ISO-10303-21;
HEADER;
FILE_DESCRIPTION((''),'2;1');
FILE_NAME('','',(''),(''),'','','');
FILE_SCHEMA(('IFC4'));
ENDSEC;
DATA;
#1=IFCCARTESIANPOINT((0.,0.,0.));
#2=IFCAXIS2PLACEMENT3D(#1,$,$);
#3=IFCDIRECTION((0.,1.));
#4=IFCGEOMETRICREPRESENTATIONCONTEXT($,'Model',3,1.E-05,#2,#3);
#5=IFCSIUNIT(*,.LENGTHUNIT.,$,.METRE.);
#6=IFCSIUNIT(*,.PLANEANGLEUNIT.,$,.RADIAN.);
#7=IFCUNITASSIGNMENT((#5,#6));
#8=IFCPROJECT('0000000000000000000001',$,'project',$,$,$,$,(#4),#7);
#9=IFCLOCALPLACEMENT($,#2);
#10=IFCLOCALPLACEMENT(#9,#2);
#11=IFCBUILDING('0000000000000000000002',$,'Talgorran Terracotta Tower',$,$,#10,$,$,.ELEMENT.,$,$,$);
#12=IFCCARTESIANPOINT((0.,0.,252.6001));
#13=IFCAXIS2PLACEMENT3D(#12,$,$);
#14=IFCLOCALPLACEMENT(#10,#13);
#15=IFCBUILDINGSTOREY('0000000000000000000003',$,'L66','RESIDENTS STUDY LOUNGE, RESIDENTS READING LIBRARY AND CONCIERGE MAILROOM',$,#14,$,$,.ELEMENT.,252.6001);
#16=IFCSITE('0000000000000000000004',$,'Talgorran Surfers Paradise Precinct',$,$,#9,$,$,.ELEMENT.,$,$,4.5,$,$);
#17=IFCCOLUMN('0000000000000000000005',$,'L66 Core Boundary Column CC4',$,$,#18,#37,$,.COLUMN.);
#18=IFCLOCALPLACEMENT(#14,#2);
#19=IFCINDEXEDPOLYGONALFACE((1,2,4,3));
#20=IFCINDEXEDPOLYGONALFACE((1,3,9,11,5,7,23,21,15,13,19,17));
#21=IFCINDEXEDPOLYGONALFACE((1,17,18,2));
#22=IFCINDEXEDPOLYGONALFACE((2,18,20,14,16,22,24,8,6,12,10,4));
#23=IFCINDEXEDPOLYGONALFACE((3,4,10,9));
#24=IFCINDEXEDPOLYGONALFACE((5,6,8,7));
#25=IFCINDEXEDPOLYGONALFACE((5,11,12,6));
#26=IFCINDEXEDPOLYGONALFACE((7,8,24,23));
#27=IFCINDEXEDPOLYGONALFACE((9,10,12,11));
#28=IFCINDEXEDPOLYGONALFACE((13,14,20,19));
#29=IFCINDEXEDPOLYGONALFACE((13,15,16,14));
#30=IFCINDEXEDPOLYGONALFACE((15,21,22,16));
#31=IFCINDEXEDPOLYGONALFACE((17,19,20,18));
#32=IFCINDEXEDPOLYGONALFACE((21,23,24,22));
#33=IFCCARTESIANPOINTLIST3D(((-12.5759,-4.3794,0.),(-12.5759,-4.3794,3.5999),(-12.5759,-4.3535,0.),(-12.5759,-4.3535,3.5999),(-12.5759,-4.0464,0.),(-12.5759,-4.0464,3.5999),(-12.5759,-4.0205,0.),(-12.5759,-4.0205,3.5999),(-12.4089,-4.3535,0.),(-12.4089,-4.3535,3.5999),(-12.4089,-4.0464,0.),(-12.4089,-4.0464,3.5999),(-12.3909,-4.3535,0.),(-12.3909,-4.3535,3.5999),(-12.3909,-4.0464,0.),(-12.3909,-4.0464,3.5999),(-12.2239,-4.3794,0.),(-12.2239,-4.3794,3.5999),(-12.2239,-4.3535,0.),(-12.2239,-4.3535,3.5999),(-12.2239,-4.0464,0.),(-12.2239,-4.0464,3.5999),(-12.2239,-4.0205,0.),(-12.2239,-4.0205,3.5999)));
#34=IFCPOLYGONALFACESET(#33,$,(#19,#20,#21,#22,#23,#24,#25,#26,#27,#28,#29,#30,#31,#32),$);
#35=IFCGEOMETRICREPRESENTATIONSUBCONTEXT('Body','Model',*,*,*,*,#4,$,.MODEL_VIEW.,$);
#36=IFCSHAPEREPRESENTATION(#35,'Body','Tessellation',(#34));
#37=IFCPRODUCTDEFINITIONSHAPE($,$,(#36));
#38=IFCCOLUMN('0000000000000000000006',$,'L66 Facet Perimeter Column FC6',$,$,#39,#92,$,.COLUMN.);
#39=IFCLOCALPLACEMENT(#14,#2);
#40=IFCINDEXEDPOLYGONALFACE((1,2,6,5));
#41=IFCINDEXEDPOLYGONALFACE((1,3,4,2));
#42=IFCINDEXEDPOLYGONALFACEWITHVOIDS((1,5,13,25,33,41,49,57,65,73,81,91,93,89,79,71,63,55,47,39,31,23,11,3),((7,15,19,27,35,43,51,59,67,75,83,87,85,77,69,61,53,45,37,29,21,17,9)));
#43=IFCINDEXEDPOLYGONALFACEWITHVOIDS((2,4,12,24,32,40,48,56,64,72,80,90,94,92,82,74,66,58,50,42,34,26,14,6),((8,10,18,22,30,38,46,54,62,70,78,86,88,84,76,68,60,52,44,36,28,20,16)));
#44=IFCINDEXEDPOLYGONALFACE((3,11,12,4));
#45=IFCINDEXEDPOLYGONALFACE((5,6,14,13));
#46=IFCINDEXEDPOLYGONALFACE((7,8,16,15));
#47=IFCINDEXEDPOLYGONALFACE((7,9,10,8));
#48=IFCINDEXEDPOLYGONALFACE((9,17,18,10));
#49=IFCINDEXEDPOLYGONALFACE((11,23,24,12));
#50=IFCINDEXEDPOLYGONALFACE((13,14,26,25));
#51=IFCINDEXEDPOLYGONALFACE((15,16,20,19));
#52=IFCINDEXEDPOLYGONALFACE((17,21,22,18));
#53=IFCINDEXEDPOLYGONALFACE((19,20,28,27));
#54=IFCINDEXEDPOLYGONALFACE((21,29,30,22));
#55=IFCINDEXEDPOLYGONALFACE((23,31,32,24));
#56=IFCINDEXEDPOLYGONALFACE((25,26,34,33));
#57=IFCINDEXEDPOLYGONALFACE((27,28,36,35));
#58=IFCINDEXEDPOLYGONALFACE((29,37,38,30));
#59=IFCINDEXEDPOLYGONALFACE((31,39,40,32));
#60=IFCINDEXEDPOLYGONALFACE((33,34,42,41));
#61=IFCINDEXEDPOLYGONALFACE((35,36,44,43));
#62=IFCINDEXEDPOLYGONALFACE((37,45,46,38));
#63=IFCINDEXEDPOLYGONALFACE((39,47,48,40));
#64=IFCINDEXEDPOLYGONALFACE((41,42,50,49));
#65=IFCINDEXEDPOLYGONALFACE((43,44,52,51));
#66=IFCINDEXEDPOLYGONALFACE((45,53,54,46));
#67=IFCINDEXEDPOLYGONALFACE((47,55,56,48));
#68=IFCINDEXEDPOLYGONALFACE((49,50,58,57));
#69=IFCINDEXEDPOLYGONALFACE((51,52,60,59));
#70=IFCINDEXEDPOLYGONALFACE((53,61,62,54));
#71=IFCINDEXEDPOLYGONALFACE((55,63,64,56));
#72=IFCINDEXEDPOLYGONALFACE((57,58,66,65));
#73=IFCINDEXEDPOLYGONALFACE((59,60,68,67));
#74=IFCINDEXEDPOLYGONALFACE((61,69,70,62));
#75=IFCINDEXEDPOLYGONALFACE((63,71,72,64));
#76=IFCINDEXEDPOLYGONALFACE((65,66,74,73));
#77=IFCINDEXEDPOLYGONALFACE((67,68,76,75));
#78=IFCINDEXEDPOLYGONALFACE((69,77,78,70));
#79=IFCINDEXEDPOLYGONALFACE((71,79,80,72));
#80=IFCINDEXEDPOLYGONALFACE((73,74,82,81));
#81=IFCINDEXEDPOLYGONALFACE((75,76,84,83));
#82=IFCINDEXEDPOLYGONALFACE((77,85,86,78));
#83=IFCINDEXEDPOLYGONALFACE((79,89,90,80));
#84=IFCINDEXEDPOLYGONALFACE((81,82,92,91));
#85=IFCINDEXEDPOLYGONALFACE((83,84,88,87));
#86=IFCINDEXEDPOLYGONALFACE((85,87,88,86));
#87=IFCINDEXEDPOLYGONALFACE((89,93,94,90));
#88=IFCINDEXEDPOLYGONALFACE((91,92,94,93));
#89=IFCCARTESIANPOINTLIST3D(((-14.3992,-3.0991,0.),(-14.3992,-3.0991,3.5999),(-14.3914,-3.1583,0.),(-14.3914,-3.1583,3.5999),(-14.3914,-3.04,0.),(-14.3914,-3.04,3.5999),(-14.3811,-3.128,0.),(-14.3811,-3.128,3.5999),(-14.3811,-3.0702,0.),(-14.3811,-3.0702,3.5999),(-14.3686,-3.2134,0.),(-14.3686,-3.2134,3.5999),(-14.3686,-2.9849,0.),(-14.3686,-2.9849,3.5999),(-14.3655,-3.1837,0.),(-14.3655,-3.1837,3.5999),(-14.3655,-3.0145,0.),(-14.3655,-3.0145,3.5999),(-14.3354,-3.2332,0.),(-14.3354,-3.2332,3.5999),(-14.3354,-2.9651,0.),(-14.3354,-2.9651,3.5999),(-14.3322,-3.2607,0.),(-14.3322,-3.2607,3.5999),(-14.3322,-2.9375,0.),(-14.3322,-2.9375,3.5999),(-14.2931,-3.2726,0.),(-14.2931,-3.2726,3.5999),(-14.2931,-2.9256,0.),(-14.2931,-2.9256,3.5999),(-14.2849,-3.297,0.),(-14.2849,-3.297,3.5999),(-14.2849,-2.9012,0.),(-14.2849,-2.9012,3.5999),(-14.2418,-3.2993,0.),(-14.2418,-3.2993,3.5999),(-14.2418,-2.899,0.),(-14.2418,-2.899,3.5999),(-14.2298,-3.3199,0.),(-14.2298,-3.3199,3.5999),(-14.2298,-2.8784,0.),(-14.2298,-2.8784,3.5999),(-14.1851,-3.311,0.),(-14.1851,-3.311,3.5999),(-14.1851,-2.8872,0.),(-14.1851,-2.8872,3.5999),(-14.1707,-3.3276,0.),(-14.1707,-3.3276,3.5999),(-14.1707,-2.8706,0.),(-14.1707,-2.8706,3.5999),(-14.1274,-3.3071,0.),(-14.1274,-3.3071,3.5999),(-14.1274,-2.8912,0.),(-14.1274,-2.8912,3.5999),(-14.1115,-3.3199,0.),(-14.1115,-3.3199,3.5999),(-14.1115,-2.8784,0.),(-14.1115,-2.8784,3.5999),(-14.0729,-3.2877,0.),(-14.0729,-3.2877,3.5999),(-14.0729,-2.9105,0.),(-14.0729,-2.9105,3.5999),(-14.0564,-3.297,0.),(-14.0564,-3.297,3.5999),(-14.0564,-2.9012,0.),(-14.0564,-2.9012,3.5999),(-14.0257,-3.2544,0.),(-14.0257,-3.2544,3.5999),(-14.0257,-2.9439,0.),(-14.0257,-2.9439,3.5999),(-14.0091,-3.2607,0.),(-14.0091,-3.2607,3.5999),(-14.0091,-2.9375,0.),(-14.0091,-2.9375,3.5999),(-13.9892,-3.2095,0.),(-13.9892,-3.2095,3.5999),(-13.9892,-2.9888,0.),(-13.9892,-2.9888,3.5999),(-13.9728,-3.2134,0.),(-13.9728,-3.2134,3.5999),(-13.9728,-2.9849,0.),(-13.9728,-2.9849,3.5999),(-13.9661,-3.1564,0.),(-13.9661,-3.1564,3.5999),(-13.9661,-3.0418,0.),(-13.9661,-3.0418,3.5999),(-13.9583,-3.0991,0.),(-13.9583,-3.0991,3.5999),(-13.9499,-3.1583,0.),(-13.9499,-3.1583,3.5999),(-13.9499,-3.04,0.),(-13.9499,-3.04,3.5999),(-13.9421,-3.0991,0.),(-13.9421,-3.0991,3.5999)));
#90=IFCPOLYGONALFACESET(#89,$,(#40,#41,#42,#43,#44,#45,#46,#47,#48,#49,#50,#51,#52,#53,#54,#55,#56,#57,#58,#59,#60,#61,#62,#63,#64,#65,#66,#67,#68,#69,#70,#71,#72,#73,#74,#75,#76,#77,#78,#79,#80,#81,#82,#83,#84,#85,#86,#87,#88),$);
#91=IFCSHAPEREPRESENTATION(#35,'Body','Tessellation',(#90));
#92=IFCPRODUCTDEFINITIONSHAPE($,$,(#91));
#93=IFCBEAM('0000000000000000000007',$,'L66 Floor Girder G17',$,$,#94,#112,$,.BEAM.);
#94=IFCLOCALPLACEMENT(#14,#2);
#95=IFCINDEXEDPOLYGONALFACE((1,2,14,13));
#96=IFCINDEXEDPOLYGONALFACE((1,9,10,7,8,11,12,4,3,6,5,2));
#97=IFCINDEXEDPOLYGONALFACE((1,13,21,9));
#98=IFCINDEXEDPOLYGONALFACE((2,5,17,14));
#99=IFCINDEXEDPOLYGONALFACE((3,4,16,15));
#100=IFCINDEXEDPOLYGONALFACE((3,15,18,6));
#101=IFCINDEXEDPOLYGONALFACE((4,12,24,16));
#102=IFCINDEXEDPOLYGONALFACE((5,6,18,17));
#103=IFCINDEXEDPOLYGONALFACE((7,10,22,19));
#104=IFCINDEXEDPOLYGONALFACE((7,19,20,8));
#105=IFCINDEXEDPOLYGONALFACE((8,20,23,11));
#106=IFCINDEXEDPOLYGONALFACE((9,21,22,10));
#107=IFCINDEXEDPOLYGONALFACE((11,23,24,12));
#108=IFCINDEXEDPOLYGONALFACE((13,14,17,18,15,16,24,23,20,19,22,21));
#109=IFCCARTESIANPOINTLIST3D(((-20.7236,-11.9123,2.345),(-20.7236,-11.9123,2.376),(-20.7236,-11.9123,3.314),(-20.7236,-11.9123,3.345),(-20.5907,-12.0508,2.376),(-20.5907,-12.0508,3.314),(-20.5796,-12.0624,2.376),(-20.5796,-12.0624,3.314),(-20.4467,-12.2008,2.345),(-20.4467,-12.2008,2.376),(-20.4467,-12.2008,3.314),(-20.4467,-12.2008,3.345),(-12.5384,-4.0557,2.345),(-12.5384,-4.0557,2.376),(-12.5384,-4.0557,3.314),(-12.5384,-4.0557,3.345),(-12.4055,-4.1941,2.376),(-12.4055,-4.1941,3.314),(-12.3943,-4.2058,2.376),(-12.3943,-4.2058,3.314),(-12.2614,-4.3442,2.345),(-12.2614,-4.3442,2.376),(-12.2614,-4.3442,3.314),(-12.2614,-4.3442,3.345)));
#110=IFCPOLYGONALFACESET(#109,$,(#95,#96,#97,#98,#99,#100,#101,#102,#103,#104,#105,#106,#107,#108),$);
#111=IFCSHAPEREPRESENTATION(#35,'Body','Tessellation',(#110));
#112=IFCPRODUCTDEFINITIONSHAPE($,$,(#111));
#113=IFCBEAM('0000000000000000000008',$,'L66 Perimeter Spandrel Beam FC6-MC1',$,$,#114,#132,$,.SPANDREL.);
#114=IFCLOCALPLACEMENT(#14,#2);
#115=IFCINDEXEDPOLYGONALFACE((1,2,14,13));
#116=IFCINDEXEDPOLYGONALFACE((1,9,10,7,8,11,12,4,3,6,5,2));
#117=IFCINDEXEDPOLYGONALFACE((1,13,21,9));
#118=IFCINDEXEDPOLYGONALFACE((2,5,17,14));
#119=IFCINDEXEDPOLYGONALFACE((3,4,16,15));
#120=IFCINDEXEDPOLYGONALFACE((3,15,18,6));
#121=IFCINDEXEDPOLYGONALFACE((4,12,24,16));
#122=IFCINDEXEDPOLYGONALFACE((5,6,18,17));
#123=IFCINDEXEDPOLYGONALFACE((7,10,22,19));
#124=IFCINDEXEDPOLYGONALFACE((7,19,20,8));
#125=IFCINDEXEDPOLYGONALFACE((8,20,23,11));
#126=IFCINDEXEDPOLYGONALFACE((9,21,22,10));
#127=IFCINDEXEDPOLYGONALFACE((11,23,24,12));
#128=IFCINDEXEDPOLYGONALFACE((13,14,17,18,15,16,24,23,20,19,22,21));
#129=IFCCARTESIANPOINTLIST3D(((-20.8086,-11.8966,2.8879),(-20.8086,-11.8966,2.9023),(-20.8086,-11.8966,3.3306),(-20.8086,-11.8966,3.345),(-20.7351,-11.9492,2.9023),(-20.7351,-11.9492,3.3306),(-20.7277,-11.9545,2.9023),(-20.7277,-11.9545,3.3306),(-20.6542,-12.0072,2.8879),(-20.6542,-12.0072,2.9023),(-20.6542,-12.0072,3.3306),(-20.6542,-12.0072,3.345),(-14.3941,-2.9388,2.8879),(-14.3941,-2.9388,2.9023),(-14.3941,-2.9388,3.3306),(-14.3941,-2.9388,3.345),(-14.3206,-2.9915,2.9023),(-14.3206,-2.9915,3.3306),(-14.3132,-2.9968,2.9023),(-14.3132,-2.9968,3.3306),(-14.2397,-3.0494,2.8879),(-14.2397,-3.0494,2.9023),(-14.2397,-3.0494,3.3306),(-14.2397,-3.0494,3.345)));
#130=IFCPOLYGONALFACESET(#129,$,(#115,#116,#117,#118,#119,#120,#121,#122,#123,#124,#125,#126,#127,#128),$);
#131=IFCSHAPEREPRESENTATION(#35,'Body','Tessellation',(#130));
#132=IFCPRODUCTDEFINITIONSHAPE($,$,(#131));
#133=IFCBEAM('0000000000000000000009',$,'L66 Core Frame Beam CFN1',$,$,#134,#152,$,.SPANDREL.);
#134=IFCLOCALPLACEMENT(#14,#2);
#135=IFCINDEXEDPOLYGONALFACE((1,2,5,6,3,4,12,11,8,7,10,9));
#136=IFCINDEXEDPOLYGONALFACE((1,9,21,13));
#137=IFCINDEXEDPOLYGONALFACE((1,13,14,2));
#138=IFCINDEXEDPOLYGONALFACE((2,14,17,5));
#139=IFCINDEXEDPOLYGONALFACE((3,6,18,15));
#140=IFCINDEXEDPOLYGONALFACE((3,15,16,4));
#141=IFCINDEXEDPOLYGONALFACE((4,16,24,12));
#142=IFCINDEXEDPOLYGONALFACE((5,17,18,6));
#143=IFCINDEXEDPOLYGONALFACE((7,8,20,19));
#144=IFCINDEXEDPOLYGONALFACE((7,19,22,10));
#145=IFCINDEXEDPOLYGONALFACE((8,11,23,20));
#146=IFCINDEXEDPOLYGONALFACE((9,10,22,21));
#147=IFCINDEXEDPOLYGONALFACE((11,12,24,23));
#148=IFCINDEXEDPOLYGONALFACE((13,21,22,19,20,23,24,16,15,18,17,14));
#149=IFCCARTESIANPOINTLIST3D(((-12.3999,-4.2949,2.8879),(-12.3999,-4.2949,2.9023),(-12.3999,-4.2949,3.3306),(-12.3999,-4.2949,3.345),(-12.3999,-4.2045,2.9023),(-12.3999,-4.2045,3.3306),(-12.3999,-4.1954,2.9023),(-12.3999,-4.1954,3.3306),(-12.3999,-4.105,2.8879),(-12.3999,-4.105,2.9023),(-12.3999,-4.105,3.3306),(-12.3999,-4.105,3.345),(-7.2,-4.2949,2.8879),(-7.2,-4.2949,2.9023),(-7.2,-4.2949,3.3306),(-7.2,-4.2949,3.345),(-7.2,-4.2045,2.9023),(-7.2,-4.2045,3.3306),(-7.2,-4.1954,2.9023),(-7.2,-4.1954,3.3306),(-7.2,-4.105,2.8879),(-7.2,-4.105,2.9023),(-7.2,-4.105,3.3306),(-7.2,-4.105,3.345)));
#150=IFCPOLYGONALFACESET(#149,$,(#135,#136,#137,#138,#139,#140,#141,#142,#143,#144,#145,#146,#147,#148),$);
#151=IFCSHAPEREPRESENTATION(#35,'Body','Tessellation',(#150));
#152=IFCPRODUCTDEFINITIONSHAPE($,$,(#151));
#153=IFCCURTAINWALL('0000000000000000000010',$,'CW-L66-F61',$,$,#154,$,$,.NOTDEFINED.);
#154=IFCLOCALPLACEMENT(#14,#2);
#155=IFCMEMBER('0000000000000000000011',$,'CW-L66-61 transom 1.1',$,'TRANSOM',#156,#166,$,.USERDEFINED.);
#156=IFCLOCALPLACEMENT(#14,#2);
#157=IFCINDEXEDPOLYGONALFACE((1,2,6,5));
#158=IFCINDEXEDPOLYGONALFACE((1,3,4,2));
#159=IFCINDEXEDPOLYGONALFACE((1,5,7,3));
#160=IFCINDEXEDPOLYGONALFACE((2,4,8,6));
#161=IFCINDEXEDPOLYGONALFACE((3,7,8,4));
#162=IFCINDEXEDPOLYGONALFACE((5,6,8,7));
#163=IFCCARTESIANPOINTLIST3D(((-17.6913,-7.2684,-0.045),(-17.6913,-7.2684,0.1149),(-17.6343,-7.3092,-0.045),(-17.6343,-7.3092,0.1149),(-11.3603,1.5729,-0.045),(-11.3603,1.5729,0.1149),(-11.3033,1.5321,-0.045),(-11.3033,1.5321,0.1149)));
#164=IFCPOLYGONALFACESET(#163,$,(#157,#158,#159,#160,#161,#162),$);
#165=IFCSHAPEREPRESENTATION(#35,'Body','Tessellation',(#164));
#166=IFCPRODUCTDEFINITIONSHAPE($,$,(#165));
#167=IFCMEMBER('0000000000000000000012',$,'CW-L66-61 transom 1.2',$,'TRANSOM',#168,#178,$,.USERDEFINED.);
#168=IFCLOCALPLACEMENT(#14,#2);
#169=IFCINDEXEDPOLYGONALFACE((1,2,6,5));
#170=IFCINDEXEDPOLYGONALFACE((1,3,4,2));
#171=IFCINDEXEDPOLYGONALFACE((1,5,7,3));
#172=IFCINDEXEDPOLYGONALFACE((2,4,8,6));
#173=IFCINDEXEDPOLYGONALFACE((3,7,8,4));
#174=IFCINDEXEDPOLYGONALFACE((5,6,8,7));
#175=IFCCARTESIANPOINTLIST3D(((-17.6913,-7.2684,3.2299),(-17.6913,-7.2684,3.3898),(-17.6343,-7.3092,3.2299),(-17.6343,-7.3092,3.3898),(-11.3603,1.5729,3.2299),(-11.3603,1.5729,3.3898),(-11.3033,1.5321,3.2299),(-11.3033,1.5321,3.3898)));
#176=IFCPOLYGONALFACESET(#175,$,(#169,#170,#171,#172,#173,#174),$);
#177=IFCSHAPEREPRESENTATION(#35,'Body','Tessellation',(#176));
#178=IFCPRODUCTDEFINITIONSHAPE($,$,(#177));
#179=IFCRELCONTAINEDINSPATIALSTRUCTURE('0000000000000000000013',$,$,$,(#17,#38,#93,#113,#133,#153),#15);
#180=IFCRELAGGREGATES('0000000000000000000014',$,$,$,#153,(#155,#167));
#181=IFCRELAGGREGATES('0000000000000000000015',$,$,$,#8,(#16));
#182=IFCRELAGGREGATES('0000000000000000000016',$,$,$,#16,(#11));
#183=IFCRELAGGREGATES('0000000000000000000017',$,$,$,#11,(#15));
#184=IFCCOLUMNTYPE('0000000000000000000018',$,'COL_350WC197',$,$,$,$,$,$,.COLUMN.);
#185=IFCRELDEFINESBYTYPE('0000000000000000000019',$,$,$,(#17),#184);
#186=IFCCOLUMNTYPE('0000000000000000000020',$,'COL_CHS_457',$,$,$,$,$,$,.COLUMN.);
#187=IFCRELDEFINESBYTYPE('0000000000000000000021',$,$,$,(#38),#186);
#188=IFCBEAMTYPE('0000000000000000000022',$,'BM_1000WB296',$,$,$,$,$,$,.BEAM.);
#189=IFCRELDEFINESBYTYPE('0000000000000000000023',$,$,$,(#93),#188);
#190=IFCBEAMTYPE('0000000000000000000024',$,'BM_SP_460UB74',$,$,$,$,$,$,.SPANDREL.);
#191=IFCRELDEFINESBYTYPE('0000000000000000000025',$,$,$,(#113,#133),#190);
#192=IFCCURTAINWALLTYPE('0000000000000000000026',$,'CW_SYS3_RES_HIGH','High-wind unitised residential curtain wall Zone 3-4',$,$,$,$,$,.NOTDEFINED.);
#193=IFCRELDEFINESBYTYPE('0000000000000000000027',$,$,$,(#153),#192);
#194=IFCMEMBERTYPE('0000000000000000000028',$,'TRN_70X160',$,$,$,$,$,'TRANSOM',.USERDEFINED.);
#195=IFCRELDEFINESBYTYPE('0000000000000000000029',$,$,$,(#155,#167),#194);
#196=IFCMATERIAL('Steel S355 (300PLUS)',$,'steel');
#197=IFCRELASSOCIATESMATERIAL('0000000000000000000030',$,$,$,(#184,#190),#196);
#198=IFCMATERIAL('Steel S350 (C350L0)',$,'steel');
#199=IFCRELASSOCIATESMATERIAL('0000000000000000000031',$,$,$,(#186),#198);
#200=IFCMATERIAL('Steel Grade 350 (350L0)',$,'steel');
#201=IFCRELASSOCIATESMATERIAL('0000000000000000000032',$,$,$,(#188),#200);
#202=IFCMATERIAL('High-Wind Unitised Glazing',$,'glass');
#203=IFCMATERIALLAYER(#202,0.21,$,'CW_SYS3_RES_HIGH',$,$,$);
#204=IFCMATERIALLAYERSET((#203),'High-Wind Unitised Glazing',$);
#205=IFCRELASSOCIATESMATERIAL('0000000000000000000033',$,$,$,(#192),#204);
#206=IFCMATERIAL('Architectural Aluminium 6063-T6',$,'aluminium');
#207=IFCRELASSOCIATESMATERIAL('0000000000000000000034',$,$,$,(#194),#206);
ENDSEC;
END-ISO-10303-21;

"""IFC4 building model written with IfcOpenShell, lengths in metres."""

from ifc_helpers import new_model, si_unit, direction, frame, origin, origin_2d, place, context, subcontext, project, spatial, rectangle, hollow_circle, i_section, extrude, material, layer, layer_set, material_profile, profile_set, type_object, element, aggregate, save


model = new_model("IFC4")

# Units and contexts
model_context = context("Model", 3, precision=1e-05, world=origin(), true_north=direction((0.0, 1.0)))
body_context = subcontext(model_context, "Body", "Model", "MODEL_VIEW")
ifc_project = project(units=[si_unit("LENGTHUNIT", "METRE"), si_unit("PLANEANGLEUNIT", "RADIAN")], contexts=[model_context])

# Site, building, storey
site_placement = place(None, origin())
site = spatial("IfcSite", under=ifc_project, at=site_placement, Name="Talgorran Surfers Paradise Precinct", CompositionType="ELEMENT", RefElevation=4.5)
building_placement = place(site_placement, origin())
building = spatial("IfcBuilding", under=site, at=building_placement, Name="Talgorran Terracotta Tower", CompositionType="ELEMENT")
storey_placement = place(building_placement, frame((0.0, 0.0, 252.6001)))
storey = spatial("IfcBuildingStorey", under=building, at=storey_placement, Name="L66", Description="RESIDENTS STUDY LOUNGE, RESIDENTS READING LIBRARY AND CONCIERGE MAILROOM", CompositionType="ELEMENT", Elevation=252.6001)

# Columns
ifc_material_1 = material(Name="Steel S355 (300PLUS)", Category="steel")
ifc_material_profile_1 = material_profile(ifc_material_1, i_section(OverallWidth=0.3521, OverallDepth=0.3589, WebThickness=0.0181, FlangeThickness=0.0259, at=origin_2d()), Name="350WC197")
ifc_profile_set_1 = profile_set([ifc_material_profile_1], Name="Steel S355 (300PLUS)")
column_type_1 = type_object("IfcColumnType", Name="COL_350WC197", PredefinedType="COLUMN", material=ifc_profile_set_1)
column_1_placement = place(storey_placement, frame((-12.3999, -4.2, 0.0), z_axis=(0.0, 0.0, 1.0), x_axis=(1.0, 0.0, 0.0)))
element("IfcColumn", 1, at=column_1_placement, inside=storey, type_object=column_type_1, Name="L66 Core Boundary Column CC4", PredefinedType="COLUMN", context=body_context, shape_type="SweptSolid", body=[
    extrude(i_section(OverallWidth=0.3521, OverallDepth=0.3589, WebThickness=0.0181, FlangeThickness=0.0259, at=origin_2d()), origin(), (0.0, 0.0, 1.0), 3.5999),
])
ifc_material_2 = material(Name="Steel S350 (C350L0)", Category="steel")
ifc_material_profile_2 = material_profile(ifc_material_2, hollow_circle(Radius=0.2285, WallThickness=0.0161, at=origin_2d()), Name="CHS457X16")
ifc_profile_set_2 = profile_set([ifc_material_profile_2], Name="Steel S350 (C350L0)")
column_type_2 = type_object("IfcColumnType", Name="COL_CHS_457", PredefinedType="COLUMN", material=ifc_profile_set_2)
column_2_placement = place(storey_placement, frame((-14.1707, -3.0991, 0.0), z_axis=(0.0, 0.0, 1.0), x_axis=(1.0, 0.0, 0.0)))
element("IfcColumn", 2, at=column_2_placement, inside=storey, type_object=column_type_2, Name="L66 Facet Perimeter Column FC6", PredefinedType="COLUMN", context=body_context, shape_type="SweptSolid", body=[
    extrude(hollow_circle(Radius=0.2285, WallThickness=0.0161, at=origin_2d()), origin(), (0.0, 0.0, 1.0), 3.5999),
])

# Beams
ifc_material_3 = material(Name="Steel Grade 350 (350L0)", Category="steel")
ifc_material_profile_3 = material_profile(ifc_material_3, i_section(OverallWidth=0.3999, OverallDepth=1.0, WebThickness=0.0161, FlangeThickness=0.031, at=origin_2d()), Name="1000WB296")
ifc_profile_set_3 = profile_set([ifc_material_profile_3], Name="Steel Grade 350 (350L0)")
beam_type_1 = type_object("IfcBeamType", Name="BM_1000WB296", PredefinedType="BEAM", material=ifc_profile_set_3)
beam_1_placement = place(storey_placement, frame((-12.3999, -4.2, 2.845), z_axis=(-0.72144, -0.692477, 0.0), x_axis=(0.692477, -0.72144, 0.0)))
element("IfcBeam", 3, at=beam_1_placement, inside=storey, type_object=beam_type_1, Name="L66 Floor Girder G17", PredefinedType="BEAM", context=body_context, shape_type="SweptSolid", body=[
    extrude(i_section(OverallWidth=0.3999, OverallDepth=1.0, WebThickness=0.0161, FlangeThickness=0.031, at=origin_2d()), origin(), (0.0, 0.0, 1.0), 11.3457),
])
ifc_material_profile_4 = material_profile(ifc_material_1, i_section(OverallWidth=0.1899, OverallDepth=0.457, WebThickness=0.009, FlangeThickness=0.0144, at=origin_2d()), Name="460UB74.6")
ifc_profile_set_4 = profile_set([ifc_material_profile_4], Name="Steel S355 (300PLUS)")
beam_type_2 = type_object("IfcBeamType", Name="BM_SP_460UB74", PredefinedType="SPANDREL", material=ifc_profile_set_4)
beam_2_placement = place(storey_placement, frame((-14.3169, -2.9941, 3.1165), z_axis=(-0.582208, -0.81304, 0.0), x_axis=(0.81304, -0.582208, 0.0)))
element("IfcBeam", 4, at=beam_2_placement, inside=storey, type_object=beam_type_2, Name="L66 Perimeter Spandrel Beam FC6-MC1", PredefinedType="SPANDREL", context=body_context, shape_type="SweptSolid", body=[
    extrude(i_section(OverallWidth=0.1899, OverallDepth=0.457, WebThickness=0.009, FlangeThickness=0.0144, at=origin_2d()), origin(), (0.0, 0.0, 1.0), 11.0176),
])
beam_3_placement = place(storey_placement, frame((-12.3999, -4.2, 3.1165), z_axis=(1.0, 0.0, 0.0), x_axis=(0.0, 1.0, 0.0)))
element("IfcBeam", 5, at=beam_3_placement, inside=storey, type_object=beam_type_2, Name="L66 Core Frame Beam CFN1", PredefinedType="SPANDREL", context=body_context, shape_type="SweptSolid", body=[
    extrude(i_section(OverallWidth=0.1899, OverallDepth=0.457, WebThickness=0.009, FlangeThickness=0.0144, at=origin_2d()), origin(), (0.0, 0.0, 1.0), 5.2),
])

# Curtain wall, members
ifc_material_4 = material(Name="High-Wind Unitised Glazing", Category="glass")
ifc_layer_1 = layer(ifc_material_4, 0.21, Name="CW_SYS3_RES_HIGH")
ifc_layer_set_1 = layer_set([ifc_layer_1], Name="High-Wind Unitised Glazing")
curtain_wall_type = type_object("IfcCurtainWallType", Name="CW_SYS3_RES_HIGH", Description="High-wind unitised residential curtain wall Zone 3-4", PredefinedType="NOTDEFINED", material=ifc_layer_set_1)
curtain_wall_placement = place(storey_placement, origin())
curtain_wall = element("IfcCurtainWall", 6, at=curtain_wall_placement, inside=storey, type_object=curtain_wall_type, Name="CW-L66-F61", PredefinedType="NOTDEFINED")
ifc_material_5 = material(Name="Architectural Aluminium 6063-T6", Category="aluminium")
ifc_material_profile_5 = material_profile(ifc_material_5, rectangle(XDim=0.0701, YDim=0.1599, at=origin_2d()), Name="CWT70X160")
ifc_profile_set_5 = profile_set([ifc_material_profile_5], Name="Architectural Aluminium 6063-T6")
member_type = type_object("IfcMemberType", Name="TRN_70X160", ElementType="TRANSOM", PredefinedType="USERDEFINED", material=ifc_profile_set_5)
member_1_placement = place(storey_placement, frame((-11.3318, 1.5525, 0.0349), z_axis=(-0.582202, -0.813044, 0.0), x_axis=(0.813044, -0.582202, 0.0)))
member_1 = element("IfcMember", 7, at=member_1_placement, type_object=member_type, Name="CW-L66-61 transom 1.1", ObjectType="TRANSOM", PredefinedType="USERDEFINED", context=body_context, shape_type="SweptSolid", body=[
    extrude(rectangle(XDim=0.0701, YDim=0.1599, at=origin_2d()), origin(), (0.0, 0.0, 1.0), 10.8743),
])
member_2_placement = place(storey_placement, frame((-11.3318, 1.5525, 3.3098), z_axis=(-0.582202, -0.813044, 0.0), x_axis=(0.813044, -0.582202, 0.0)))
member_2 = element("IfcMember", 8, at=member_2_placement, type_object=member_type, Name="CW-L66-61 transom 1.2", ObjectType="TRANSOM", PredefinedType="USERDEFINED", context=body_context, shape_type="SweptSolid", body=[
    extrude(rectangle(XDim=0.0701, YDim=0.1599, at=origin_2d()), origin(), (0.0, 0.0, 1.0), 10.8743),
])
aggregate(curtain_wall, [member_1, member_2])

save(model, "model.ifc")
